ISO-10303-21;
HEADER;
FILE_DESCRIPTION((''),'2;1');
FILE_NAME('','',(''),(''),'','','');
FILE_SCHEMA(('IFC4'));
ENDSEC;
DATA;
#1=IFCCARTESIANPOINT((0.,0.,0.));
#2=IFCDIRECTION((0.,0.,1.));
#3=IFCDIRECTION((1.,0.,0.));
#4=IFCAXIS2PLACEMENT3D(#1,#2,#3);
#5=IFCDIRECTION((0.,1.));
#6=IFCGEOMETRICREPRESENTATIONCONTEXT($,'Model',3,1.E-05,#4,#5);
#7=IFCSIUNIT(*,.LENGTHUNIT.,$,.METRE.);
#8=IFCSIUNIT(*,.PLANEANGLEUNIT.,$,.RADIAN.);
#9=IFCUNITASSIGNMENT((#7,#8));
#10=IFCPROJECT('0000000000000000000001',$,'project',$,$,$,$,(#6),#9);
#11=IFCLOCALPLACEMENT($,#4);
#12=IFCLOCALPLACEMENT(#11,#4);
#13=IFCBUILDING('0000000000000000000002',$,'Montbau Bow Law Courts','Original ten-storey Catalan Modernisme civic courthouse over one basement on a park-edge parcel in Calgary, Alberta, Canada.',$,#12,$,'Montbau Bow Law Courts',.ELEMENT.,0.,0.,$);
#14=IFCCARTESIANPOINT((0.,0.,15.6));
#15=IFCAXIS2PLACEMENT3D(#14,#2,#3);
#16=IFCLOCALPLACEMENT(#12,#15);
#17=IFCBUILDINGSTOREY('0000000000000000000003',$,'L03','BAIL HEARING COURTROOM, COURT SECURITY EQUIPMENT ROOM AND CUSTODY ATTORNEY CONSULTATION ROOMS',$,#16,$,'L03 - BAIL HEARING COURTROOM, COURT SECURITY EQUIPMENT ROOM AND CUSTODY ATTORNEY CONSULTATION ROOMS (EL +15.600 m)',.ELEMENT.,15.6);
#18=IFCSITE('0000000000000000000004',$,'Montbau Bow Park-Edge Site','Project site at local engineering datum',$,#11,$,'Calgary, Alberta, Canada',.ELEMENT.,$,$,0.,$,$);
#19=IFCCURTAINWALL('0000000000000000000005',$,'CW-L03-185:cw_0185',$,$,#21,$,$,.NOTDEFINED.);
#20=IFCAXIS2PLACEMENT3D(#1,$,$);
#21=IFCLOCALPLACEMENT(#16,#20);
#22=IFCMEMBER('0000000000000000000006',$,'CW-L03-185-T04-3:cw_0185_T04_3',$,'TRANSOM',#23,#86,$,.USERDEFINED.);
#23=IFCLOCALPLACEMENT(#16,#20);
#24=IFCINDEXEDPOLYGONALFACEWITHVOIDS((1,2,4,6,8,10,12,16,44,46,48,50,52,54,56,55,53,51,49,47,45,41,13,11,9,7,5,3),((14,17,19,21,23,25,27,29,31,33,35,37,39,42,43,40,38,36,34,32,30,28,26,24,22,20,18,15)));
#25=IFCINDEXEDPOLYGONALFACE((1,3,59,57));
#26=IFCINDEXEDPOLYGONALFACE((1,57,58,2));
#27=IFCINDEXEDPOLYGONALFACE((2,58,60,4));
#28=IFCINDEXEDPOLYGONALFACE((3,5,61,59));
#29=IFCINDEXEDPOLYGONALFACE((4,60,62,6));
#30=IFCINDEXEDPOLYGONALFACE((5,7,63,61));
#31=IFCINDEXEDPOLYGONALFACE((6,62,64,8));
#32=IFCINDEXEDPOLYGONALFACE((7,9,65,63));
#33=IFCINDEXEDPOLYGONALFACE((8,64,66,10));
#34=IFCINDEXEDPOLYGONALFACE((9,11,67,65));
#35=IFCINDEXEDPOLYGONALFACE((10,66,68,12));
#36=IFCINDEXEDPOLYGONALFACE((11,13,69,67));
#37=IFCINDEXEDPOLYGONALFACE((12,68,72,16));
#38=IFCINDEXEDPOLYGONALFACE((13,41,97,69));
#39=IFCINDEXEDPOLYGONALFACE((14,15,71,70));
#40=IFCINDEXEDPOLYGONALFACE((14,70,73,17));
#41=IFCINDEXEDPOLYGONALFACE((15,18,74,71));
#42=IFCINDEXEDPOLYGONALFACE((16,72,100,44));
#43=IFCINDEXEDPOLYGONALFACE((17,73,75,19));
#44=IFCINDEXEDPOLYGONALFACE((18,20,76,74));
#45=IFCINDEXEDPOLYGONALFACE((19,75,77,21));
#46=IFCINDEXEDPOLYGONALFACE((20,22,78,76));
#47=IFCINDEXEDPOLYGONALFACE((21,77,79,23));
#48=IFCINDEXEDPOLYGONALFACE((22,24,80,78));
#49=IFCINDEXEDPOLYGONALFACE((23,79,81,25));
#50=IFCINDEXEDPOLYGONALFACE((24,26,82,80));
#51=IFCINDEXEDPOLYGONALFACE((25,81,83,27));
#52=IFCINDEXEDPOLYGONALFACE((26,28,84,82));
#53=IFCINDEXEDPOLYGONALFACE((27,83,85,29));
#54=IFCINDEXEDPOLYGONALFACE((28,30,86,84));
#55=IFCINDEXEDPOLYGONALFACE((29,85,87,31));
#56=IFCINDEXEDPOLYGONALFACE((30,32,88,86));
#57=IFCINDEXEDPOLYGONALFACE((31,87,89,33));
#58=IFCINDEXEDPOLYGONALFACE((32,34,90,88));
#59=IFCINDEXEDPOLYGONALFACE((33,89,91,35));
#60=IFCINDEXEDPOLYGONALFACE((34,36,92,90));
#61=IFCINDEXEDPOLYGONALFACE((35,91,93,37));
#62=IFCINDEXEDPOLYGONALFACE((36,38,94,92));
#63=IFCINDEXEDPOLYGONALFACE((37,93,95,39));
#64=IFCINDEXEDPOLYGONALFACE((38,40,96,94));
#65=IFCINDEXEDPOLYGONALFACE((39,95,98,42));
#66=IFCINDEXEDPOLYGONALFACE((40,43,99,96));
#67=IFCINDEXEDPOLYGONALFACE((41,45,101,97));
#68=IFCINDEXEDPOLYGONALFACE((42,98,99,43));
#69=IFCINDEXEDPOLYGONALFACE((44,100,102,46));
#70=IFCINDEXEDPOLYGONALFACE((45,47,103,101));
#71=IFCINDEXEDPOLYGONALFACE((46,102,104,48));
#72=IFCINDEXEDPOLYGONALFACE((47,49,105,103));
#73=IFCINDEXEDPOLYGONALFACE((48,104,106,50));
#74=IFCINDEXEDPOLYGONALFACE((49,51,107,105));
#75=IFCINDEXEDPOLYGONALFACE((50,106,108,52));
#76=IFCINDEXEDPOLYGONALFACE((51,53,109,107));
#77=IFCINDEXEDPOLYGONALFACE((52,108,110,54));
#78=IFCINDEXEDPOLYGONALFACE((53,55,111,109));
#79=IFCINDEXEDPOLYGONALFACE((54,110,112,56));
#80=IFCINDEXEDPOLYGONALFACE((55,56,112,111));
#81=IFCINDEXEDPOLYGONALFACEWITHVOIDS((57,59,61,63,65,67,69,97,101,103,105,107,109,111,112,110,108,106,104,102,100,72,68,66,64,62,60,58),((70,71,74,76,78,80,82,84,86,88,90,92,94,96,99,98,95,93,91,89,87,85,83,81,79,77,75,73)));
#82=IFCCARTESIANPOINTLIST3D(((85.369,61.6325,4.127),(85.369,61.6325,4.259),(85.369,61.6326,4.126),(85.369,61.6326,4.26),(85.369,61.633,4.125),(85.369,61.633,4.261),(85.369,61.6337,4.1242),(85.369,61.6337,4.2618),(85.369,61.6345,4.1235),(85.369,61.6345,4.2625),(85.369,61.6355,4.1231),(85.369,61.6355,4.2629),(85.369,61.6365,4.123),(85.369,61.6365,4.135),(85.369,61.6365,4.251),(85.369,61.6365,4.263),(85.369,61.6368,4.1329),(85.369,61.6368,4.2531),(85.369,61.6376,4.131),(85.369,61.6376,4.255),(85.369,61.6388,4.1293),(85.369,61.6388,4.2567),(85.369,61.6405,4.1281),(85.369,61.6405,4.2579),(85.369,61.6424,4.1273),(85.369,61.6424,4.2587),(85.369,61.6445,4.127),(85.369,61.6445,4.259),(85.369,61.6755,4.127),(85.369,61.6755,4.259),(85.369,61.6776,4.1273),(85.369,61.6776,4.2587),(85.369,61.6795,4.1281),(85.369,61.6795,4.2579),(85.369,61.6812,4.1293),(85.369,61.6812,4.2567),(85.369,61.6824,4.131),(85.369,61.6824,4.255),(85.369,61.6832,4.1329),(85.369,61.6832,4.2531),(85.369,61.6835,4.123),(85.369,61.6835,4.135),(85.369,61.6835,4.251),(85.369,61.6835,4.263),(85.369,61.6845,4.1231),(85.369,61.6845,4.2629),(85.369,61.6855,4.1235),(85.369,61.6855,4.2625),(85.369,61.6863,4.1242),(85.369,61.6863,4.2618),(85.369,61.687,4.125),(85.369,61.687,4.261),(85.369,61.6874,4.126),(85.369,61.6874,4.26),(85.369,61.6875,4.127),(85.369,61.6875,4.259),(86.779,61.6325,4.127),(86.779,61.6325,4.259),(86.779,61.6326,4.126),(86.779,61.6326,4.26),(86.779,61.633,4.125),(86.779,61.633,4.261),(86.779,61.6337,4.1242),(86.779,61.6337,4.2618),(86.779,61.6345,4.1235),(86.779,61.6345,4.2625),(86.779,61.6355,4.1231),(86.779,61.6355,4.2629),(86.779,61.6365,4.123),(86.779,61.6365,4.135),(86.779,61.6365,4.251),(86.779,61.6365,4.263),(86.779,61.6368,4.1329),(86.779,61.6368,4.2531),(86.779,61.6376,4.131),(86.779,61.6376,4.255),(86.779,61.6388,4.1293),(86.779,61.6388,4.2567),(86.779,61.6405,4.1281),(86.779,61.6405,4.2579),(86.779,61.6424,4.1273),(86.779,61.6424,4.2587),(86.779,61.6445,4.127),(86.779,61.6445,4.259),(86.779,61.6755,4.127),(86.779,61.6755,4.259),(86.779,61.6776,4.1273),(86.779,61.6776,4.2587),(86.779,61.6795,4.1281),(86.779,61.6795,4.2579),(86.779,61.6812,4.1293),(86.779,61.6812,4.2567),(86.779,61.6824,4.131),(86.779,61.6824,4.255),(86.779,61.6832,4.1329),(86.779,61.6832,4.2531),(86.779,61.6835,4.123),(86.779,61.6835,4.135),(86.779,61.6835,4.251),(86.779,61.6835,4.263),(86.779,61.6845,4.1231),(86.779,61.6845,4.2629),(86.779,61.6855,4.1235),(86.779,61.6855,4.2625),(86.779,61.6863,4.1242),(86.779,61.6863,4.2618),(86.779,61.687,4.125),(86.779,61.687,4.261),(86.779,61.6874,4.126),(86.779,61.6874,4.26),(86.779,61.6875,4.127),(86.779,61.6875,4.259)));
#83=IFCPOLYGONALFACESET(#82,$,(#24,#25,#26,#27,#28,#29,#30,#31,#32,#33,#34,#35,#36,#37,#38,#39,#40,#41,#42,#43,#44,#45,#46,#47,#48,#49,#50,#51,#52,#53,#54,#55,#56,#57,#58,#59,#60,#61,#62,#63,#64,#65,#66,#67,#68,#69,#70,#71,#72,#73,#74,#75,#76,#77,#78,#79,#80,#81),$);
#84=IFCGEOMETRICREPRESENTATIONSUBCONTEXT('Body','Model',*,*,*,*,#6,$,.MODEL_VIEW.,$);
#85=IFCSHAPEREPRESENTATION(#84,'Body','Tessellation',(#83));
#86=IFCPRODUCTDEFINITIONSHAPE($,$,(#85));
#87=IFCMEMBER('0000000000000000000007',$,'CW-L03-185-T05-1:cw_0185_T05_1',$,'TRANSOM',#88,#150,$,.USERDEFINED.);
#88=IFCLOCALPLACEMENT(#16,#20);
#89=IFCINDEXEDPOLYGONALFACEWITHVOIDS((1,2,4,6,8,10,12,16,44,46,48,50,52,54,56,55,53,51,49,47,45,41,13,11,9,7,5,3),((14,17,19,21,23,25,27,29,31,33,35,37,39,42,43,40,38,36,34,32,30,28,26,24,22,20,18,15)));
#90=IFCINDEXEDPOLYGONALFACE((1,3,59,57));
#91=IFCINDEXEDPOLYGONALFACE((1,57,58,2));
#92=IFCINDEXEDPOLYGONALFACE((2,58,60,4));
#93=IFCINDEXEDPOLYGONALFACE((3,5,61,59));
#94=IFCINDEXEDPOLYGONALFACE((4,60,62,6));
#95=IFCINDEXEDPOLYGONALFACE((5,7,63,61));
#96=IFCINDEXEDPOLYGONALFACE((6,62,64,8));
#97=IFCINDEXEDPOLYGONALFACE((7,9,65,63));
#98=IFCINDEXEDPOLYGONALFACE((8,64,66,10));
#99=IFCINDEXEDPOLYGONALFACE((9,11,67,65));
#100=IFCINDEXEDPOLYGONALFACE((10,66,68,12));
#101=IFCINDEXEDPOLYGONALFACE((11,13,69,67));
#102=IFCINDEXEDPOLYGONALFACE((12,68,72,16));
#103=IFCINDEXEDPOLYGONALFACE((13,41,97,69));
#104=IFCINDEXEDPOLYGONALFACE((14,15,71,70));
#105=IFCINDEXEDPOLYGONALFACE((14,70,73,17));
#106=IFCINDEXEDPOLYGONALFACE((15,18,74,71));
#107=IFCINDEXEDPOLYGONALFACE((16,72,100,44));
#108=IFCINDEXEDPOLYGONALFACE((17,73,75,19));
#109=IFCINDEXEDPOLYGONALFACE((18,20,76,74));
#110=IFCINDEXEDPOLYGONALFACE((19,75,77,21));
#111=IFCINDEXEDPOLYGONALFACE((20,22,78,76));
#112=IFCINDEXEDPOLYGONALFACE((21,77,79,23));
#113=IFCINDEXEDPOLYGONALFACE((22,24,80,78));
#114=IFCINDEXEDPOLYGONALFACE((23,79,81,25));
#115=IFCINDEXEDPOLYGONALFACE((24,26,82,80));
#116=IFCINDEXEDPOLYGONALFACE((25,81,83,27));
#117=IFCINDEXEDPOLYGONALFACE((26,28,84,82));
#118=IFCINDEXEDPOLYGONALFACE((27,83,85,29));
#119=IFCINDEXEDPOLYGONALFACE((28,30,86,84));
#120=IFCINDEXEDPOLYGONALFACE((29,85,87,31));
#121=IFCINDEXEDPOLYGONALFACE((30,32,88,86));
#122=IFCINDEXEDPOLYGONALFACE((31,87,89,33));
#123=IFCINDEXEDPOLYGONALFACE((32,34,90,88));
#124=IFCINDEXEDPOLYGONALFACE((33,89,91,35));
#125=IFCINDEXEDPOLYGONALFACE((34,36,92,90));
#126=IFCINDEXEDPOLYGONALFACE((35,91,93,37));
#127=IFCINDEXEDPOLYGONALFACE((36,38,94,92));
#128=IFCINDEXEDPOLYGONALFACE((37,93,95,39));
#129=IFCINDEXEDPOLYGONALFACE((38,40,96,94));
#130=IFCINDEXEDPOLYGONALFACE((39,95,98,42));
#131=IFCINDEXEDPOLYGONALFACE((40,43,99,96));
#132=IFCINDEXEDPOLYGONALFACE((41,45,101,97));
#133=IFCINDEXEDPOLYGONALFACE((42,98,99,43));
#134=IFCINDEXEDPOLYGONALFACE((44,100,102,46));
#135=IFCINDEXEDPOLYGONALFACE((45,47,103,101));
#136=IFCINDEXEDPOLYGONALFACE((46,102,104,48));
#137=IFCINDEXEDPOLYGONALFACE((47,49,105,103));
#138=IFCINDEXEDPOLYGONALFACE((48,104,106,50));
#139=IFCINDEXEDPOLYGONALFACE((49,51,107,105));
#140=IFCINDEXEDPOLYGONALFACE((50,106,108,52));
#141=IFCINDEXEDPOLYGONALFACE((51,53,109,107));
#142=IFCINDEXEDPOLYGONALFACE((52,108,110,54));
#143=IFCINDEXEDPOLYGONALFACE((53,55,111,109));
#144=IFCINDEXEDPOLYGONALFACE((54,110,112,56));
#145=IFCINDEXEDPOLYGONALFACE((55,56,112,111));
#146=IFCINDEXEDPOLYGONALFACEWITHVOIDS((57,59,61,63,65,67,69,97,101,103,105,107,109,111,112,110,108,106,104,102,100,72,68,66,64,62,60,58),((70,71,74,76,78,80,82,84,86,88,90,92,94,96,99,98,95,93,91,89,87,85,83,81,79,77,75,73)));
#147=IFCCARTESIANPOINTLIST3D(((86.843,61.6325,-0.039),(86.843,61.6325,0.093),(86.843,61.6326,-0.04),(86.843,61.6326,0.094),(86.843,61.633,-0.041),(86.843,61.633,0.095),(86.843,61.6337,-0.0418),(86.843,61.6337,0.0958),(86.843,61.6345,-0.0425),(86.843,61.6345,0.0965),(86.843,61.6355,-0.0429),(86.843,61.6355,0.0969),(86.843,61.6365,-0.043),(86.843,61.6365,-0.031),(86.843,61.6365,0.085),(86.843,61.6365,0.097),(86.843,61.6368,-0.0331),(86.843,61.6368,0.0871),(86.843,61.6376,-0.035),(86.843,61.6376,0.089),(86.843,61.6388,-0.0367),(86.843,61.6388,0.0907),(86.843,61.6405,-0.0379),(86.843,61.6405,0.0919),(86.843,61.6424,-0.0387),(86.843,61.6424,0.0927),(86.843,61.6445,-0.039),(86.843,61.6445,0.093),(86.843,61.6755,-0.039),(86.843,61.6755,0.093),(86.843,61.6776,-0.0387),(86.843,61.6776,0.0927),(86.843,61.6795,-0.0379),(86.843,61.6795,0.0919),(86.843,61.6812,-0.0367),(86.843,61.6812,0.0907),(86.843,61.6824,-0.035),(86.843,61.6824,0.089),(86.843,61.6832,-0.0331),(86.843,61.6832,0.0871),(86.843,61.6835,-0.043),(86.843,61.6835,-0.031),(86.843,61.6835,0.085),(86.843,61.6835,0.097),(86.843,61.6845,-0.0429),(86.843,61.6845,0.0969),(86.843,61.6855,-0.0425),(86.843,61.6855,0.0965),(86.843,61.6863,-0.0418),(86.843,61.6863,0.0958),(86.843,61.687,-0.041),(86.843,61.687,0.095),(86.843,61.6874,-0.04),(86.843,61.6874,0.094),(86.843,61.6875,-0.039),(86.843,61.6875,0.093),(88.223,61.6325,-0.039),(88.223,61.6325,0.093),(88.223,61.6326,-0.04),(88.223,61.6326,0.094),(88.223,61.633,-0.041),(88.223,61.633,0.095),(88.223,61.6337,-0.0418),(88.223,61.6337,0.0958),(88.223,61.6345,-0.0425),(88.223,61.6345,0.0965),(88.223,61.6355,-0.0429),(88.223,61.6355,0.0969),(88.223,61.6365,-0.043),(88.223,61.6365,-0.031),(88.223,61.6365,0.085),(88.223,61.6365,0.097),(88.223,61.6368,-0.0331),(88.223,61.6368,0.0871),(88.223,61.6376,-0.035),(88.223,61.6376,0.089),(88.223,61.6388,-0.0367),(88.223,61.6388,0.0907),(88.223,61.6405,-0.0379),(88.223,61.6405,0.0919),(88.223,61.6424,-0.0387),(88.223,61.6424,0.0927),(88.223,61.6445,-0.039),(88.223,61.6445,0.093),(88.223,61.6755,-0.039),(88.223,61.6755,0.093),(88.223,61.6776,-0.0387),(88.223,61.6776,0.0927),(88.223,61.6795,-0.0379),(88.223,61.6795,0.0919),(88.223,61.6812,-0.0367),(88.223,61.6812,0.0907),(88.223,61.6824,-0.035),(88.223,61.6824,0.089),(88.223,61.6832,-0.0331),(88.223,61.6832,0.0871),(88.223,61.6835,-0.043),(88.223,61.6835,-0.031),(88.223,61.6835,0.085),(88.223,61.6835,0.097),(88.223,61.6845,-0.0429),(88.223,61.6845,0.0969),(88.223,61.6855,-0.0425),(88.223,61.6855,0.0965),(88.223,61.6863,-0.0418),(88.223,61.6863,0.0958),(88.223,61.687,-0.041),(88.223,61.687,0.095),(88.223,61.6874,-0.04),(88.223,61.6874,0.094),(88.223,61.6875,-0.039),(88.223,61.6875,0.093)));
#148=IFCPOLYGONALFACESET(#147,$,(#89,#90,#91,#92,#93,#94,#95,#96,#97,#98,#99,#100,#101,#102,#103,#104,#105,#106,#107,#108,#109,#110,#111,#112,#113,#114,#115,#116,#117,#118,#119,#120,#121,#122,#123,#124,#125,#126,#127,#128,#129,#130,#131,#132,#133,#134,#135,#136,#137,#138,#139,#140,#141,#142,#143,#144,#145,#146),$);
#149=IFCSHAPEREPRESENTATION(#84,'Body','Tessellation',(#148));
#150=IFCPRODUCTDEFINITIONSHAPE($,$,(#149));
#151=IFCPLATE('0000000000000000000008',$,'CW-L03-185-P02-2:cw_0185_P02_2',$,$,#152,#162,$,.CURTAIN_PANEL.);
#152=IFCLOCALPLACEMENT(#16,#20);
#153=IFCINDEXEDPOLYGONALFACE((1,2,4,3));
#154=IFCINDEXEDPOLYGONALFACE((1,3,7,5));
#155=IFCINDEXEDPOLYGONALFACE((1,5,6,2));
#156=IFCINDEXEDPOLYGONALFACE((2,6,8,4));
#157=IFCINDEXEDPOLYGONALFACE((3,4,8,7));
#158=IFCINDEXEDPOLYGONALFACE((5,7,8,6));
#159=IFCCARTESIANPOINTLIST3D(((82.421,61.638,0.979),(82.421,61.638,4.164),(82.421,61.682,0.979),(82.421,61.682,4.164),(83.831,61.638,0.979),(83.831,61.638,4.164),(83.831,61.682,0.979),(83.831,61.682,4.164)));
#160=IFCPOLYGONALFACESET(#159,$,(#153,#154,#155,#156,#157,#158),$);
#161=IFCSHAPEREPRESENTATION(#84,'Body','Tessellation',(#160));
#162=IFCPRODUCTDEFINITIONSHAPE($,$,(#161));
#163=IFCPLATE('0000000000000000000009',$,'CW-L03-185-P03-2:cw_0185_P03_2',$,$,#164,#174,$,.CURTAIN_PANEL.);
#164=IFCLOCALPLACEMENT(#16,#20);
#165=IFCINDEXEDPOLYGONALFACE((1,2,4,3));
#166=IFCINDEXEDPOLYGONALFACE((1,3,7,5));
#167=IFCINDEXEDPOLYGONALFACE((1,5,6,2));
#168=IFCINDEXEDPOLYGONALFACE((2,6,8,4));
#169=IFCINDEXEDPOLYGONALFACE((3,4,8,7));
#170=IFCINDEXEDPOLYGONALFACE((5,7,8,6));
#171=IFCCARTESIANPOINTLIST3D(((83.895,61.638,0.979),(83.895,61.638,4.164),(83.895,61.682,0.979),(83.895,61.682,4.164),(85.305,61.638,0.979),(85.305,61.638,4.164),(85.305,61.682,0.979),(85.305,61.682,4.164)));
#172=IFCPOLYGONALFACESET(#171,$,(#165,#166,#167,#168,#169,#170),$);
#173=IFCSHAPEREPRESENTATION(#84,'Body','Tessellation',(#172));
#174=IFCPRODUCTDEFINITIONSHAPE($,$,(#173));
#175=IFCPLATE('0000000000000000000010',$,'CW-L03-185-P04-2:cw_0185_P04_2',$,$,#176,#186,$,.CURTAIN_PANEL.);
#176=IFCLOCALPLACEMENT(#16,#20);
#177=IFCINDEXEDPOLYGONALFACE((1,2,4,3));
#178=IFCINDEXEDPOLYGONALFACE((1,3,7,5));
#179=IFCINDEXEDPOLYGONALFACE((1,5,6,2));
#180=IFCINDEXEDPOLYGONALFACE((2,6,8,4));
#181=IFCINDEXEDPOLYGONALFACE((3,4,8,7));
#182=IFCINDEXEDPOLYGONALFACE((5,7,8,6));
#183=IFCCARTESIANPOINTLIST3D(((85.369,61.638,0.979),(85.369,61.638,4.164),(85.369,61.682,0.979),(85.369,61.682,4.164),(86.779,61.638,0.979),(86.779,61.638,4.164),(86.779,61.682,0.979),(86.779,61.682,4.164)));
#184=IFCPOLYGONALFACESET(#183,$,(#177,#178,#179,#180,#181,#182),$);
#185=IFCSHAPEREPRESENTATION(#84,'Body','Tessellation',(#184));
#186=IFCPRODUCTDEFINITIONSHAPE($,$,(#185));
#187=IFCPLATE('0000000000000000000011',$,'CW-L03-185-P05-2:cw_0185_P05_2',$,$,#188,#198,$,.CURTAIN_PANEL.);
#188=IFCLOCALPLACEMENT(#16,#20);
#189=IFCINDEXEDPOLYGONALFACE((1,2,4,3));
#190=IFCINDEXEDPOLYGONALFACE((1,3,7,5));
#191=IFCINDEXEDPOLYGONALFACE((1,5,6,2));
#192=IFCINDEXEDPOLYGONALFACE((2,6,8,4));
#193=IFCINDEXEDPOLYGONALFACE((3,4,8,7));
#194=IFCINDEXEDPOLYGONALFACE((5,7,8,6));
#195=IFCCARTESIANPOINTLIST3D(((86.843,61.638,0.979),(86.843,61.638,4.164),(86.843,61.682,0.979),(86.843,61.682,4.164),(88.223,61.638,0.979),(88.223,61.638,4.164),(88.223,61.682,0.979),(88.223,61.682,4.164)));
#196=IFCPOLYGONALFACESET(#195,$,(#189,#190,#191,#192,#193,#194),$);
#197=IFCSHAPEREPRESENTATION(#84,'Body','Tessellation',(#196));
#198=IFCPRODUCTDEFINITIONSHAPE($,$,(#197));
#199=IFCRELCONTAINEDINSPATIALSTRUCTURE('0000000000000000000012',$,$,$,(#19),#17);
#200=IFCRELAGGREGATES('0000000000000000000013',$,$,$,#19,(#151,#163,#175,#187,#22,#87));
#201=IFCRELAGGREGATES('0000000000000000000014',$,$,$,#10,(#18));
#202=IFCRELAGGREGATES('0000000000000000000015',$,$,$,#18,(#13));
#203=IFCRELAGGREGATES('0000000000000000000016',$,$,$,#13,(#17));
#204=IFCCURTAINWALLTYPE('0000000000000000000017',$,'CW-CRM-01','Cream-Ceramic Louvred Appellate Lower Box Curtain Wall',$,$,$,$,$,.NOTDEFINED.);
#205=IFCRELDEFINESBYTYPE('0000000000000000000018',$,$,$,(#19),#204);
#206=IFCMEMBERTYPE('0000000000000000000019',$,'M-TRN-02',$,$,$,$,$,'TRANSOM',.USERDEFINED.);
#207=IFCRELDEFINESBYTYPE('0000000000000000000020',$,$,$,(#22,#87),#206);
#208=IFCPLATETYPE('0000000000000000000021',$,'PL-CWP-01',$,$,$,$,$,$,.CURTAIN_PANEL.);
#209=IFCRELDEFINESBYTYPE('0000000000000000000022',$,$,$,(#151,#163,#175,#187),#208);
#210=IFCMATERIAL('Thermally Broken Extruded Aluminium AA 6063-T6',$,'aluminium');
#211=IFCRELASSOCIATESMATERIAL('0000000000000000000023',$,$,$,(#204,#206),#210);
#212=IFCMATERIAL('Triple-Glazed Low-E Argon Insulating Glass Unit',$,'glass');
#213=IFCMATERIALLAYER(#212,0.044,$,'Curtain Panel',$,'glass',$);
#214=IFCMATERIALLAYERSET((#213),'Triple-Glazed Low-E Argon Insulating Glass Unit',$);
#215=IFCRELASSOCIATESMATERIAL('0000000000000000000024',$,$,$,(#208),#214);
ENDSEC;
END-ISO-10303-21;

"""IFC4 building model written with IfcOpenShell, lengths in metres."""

from ifc_helpers import new_model, si_unit, direction, frame, frame_2d, origin_with_axes, origin_2d_with_axis, place, context, subcontext, project, spatial, rectangle, hollow_rectangle, extrude, material, layer, layer_set, material_profile, profile_set, type_object, element, aggregate, save


model = new_model("IFC4")

# Units and contexts
model_context = context("Model", 3, precision=1e-05, world=origin_with_axes(), true_north=direction((0.0, 1.0)))
body_context = subcontext(model_context, "Body", "Model", "MODEL_VIEW")
ifc_project = project(units=[si_unit("LENGTHUNIT", "METRE"), si_unit("PLANEANGLEUNIT", "RADIAN")], contexts=[model_context])

# Site, building, storey
site_placement = place(None, origin_with_axes())
site = spatial("IfcSite", under=ifc_project, at=site_placement, Name="Montbau Bow Park-Edge Site", Description="Project site at local engineering datum", LongName="Calgary, Alberta, Canada", CompositionType="ELEMENT", RefElevation=0.0)
building_placement = place(site_placement, origin_with_axes())
building = spatial("IfcBuilding", under=site, at=building_placement, Name="Montbau Bow Law Courts", Description="Original ten-storey Catalan Modernisme civic courthouse over one basement on a park-edge parcel in Calgary, Alberta, Canada.", LongName="Montbau Bow Law Courts", CompositionType="ELEMENT", ElevationOfRefHeight=0.0, ElevationOfTerrain=0.0)
storey_placement = place(building_placement, frame((0.0, 0.0, 15.6), z_axis=(0.0, 0.0, 1.0), x_axis=(1.0, 0.0, 0.0)))
storey = spatial("IfcBuildingStorey", under=building, at=storey_placement, Name="L03", Description="BAIL HEARING COURTROOM, COURT SECURITY EQUIPMENT ROOM AND CUSTODY ATTORNEY CONSULTATION ROOMS", LongName="L03 - BAIL HEARING COURTROOM, COURT SECURITY EQUIPMENT ROOM AND CUSTODY ATTORNEY CONSULTATION ROOMS (EL +15.600 m)", CompositionType="ELEMENT", Elevation=15.6)

# Curtain wall, members, plates
ifc_material_1 = material(Name="Thermally Broken Extruded Aluminium AA 6063-T6", Category="aluminium")
curtain_wall_type = type_object("IfcCurtainWallType", Name="CW-CRM-01", Description="Cream-Ceramic Louvred Appellate Lower Box Curtain Wall", PredefinedType="NOTDEFINED", material=ifc_material_1)
curtain_wall_placement = place(None, frame((80.915, 61.66, 15.6), z_axis=(0.0, 0.0, 1.0), x_axis=(1.0, 0.0, 0.0)))
curtain_wall = element("IfcCurtainWall", 1, at=curtain_wall_placement, inside=storey, type_object=curtain_wall_type, Name="CW-L03-185:cw_0185", PredefinedType="NOTDEFINED")
ifc_material_profile_1 = material_profile(ifc_material_1, hollow_rectangle(XDim=0.055, YDim=0.14, WallThickness=0.004, InnerFilletRadius=0.008, OuterFilletRadius=0.004, at=origin_2d_with_axis()), Name="CWT-140X55", Category="Main", Priority=0)
ifc_profile_set_1 = profile_set([ifc_material_profile_1], Name="Thermally Broken Extruded Aluminium AA 6063-T6")
member_type_1 = type_object("IfcMemberType", Name="M-TRN-02", ElementType="TRANSOM", PredefinedType="USERDEFINED", material=ifc_profile_set_1)
member_1_placement = place(None, frame((85.369, 61.66, 19.793), z_axis=(1.0, 0.0, 0.0), x_axis=(0.0, 1.0, 0.0)))
member_1 = element("IfcMember", 2, at=member_1_placement, type_object=member_type_1, Name="CW-L03-185-T04-3:cw_0185_T04_3", ObjectType="TRANSOM", PredefinedType="USERDEFINED", context=body_context, shape_type="SweptSolid", body=[
    extrude(hollow_rectangle(XDim=0.055, YDim=0.14, WallThickness=0.004, InnerFilletRadius=0.008, OuterFilletRadius=0.004, at=origin_2d_with_axis()), origin_with_axes(), (0.0, 0.0, 1.0), 1.41),
])
member_2_placement = place(None, frame((86.843, 61.66, 15.627), z_axis=(1.0, 0.0, 0.0), x_axis=(0.0, 1.0, 0.0)))
member_2 = element("IfcMember", 3, at=member_2_placement, type_object=member_type_1, Name="CW-L03-185-T05-1:cw_0185_T05_1", ObjectType="TRANSOM", PredefinedType="USERDEFINED", context=body_context, shape_type="SweptSolid", body=[
    extrude(hollow_rectangle(XDim=0.055, YDim=0.14, WallThickness=0.004, InnerFilletRadius=0.008, OuterFilletRadius=0.004, at=origin_2d_with_axis()), origin_with_axes(), (0.0, 0.0, 1.0), 1.38),
])
ifc_material_2 = material(Name="Triple-Glazed Low-E Argon Insulating Glass Unit", Category="glass")
ifc_layer_1 = layer(ifc_material_2, 0.044, Name="Curtain Panel", Category="glass")
ifc_layer_set_1 = layer_set([ifc_layer_1], Name="Triple-Glazed Low-E Argon Insulating Glass Unit")
plate_type_1 = type_object("IfcPlateType", Name="PL-CWP-01", PredefinedType="CURTAIN_PANEL", material=ifc_layer_set_1)
plate_1_placement = place(None, frame((82.421, 61.66, 16.579), z_axis=(0.0, -1.0, 0.0), x_axis=(1.0, 0.0, 0.0)))
plate_1 = element("IfcPlate", 4, at=plate_1_placement, type_object=plate_type_1, Name="CW-L03-185-P02-2:cw_0185_P02_2", PredefinedType="CURTAIN_PANEL", context=body_context, shape_type="SweptSolid", body=[
    extrude(rectangle(XDim=1.41, YDim=3.185, at=frame_2d((0.705, 1.5925), x_axis=(1.0, 0.0))), frame((0.0, 0.0, -0.022), z_axis=(0.0, 0.0, 1.0), x_axis=(1.0, 0.0, 0.0)), (0.0, 0.0, 1.0), 0.044),
])
plate_2_placement = place(None, frame((83.895, 61.66, 16.579), z_axis=(0.0, -1.0, 0.0), x_axis=(1.0, 0.0, 0.0)))
plate_2 = element("IfcPlate", 5, at=plate_2_placement, type_object=plate_type_1, Name="CW-L03-185-P03-2:cw_0185_P03_2", PredefinedType="CURTAIN_PANEL", context=body_context, shape_type="SweptSolid", body=[
    extrude(rectangle(XDim=1.41, YDim=3.185, at=frame_2d((0.705, 1.5925), x_axis=(1.0, 0.0))), frame((0.0, 0.0, -0.022), z_axis=(0.0, 0.0, 1.0), x_axis=(1.0, 0.0, 0.0)), (0.0, 0.0, 1.0), 0.044),
])
plate_3_placement = place(None, frame((85.369, 61.66, 16.579), z_axis=(0.0, -1.0, 0.0), x_axis=(1.0, 0.0, 0.0)))
plate_3 = element("IfcPlate", 6, at=plate_3_placement, type_object=plate_type_1, Name="CW-L03-185-P04-2:cw_0185_P04_2", PredefinedType="CURTAIN_PANEL", context=body_context, shape_type="SweptSolid", body=[
    extrude(rectangle(XDim=1.41, YDim=3.185, at=frame_2d((0.705, 1.5925), x_axis=(1.0, 0.0))), frame((0.0, 0.0, -0.022), z_axis=(0.0, 0.0, 1.0), x_axis=(1.0, 0.0, 0.0)), (0.0, 0.0, 1.0), 0.044),
])
plate_4_placement = place(None, frame((86.843, 61.66, 16.579), z_axis=(0.0, -1.0, 0.0), x_axis=(1.0, 0.0, 0.0)))
plate_4 = element("IfcPlate", 7, at=plate_4_placement, type_object=plate_type_1, Name="CW-L03-185-P05-2:cw_0185_P05_2", PredefinedType="CURTAIN_PANEL", context=body_context, shape_type="SweptSolid", body=[
    extrude(rectangle(XDim=1.38, YDim=3.185, at=frame_2d((0.69, 1.5925), x_axis=(1.0, 0.0))), frame((0.0, 0.0, -0.022), z_axis=(0.0, 0.0, 1.0), x_axis=(1.0, 0.0, 0.0)), (0.0, 0.0, 1.0), 0.044),
])
aggregate(curtain_wall, [plate_1, plate_2, plate_3, plate_4, member_1, member_2])

save(model, "model.ifc")
